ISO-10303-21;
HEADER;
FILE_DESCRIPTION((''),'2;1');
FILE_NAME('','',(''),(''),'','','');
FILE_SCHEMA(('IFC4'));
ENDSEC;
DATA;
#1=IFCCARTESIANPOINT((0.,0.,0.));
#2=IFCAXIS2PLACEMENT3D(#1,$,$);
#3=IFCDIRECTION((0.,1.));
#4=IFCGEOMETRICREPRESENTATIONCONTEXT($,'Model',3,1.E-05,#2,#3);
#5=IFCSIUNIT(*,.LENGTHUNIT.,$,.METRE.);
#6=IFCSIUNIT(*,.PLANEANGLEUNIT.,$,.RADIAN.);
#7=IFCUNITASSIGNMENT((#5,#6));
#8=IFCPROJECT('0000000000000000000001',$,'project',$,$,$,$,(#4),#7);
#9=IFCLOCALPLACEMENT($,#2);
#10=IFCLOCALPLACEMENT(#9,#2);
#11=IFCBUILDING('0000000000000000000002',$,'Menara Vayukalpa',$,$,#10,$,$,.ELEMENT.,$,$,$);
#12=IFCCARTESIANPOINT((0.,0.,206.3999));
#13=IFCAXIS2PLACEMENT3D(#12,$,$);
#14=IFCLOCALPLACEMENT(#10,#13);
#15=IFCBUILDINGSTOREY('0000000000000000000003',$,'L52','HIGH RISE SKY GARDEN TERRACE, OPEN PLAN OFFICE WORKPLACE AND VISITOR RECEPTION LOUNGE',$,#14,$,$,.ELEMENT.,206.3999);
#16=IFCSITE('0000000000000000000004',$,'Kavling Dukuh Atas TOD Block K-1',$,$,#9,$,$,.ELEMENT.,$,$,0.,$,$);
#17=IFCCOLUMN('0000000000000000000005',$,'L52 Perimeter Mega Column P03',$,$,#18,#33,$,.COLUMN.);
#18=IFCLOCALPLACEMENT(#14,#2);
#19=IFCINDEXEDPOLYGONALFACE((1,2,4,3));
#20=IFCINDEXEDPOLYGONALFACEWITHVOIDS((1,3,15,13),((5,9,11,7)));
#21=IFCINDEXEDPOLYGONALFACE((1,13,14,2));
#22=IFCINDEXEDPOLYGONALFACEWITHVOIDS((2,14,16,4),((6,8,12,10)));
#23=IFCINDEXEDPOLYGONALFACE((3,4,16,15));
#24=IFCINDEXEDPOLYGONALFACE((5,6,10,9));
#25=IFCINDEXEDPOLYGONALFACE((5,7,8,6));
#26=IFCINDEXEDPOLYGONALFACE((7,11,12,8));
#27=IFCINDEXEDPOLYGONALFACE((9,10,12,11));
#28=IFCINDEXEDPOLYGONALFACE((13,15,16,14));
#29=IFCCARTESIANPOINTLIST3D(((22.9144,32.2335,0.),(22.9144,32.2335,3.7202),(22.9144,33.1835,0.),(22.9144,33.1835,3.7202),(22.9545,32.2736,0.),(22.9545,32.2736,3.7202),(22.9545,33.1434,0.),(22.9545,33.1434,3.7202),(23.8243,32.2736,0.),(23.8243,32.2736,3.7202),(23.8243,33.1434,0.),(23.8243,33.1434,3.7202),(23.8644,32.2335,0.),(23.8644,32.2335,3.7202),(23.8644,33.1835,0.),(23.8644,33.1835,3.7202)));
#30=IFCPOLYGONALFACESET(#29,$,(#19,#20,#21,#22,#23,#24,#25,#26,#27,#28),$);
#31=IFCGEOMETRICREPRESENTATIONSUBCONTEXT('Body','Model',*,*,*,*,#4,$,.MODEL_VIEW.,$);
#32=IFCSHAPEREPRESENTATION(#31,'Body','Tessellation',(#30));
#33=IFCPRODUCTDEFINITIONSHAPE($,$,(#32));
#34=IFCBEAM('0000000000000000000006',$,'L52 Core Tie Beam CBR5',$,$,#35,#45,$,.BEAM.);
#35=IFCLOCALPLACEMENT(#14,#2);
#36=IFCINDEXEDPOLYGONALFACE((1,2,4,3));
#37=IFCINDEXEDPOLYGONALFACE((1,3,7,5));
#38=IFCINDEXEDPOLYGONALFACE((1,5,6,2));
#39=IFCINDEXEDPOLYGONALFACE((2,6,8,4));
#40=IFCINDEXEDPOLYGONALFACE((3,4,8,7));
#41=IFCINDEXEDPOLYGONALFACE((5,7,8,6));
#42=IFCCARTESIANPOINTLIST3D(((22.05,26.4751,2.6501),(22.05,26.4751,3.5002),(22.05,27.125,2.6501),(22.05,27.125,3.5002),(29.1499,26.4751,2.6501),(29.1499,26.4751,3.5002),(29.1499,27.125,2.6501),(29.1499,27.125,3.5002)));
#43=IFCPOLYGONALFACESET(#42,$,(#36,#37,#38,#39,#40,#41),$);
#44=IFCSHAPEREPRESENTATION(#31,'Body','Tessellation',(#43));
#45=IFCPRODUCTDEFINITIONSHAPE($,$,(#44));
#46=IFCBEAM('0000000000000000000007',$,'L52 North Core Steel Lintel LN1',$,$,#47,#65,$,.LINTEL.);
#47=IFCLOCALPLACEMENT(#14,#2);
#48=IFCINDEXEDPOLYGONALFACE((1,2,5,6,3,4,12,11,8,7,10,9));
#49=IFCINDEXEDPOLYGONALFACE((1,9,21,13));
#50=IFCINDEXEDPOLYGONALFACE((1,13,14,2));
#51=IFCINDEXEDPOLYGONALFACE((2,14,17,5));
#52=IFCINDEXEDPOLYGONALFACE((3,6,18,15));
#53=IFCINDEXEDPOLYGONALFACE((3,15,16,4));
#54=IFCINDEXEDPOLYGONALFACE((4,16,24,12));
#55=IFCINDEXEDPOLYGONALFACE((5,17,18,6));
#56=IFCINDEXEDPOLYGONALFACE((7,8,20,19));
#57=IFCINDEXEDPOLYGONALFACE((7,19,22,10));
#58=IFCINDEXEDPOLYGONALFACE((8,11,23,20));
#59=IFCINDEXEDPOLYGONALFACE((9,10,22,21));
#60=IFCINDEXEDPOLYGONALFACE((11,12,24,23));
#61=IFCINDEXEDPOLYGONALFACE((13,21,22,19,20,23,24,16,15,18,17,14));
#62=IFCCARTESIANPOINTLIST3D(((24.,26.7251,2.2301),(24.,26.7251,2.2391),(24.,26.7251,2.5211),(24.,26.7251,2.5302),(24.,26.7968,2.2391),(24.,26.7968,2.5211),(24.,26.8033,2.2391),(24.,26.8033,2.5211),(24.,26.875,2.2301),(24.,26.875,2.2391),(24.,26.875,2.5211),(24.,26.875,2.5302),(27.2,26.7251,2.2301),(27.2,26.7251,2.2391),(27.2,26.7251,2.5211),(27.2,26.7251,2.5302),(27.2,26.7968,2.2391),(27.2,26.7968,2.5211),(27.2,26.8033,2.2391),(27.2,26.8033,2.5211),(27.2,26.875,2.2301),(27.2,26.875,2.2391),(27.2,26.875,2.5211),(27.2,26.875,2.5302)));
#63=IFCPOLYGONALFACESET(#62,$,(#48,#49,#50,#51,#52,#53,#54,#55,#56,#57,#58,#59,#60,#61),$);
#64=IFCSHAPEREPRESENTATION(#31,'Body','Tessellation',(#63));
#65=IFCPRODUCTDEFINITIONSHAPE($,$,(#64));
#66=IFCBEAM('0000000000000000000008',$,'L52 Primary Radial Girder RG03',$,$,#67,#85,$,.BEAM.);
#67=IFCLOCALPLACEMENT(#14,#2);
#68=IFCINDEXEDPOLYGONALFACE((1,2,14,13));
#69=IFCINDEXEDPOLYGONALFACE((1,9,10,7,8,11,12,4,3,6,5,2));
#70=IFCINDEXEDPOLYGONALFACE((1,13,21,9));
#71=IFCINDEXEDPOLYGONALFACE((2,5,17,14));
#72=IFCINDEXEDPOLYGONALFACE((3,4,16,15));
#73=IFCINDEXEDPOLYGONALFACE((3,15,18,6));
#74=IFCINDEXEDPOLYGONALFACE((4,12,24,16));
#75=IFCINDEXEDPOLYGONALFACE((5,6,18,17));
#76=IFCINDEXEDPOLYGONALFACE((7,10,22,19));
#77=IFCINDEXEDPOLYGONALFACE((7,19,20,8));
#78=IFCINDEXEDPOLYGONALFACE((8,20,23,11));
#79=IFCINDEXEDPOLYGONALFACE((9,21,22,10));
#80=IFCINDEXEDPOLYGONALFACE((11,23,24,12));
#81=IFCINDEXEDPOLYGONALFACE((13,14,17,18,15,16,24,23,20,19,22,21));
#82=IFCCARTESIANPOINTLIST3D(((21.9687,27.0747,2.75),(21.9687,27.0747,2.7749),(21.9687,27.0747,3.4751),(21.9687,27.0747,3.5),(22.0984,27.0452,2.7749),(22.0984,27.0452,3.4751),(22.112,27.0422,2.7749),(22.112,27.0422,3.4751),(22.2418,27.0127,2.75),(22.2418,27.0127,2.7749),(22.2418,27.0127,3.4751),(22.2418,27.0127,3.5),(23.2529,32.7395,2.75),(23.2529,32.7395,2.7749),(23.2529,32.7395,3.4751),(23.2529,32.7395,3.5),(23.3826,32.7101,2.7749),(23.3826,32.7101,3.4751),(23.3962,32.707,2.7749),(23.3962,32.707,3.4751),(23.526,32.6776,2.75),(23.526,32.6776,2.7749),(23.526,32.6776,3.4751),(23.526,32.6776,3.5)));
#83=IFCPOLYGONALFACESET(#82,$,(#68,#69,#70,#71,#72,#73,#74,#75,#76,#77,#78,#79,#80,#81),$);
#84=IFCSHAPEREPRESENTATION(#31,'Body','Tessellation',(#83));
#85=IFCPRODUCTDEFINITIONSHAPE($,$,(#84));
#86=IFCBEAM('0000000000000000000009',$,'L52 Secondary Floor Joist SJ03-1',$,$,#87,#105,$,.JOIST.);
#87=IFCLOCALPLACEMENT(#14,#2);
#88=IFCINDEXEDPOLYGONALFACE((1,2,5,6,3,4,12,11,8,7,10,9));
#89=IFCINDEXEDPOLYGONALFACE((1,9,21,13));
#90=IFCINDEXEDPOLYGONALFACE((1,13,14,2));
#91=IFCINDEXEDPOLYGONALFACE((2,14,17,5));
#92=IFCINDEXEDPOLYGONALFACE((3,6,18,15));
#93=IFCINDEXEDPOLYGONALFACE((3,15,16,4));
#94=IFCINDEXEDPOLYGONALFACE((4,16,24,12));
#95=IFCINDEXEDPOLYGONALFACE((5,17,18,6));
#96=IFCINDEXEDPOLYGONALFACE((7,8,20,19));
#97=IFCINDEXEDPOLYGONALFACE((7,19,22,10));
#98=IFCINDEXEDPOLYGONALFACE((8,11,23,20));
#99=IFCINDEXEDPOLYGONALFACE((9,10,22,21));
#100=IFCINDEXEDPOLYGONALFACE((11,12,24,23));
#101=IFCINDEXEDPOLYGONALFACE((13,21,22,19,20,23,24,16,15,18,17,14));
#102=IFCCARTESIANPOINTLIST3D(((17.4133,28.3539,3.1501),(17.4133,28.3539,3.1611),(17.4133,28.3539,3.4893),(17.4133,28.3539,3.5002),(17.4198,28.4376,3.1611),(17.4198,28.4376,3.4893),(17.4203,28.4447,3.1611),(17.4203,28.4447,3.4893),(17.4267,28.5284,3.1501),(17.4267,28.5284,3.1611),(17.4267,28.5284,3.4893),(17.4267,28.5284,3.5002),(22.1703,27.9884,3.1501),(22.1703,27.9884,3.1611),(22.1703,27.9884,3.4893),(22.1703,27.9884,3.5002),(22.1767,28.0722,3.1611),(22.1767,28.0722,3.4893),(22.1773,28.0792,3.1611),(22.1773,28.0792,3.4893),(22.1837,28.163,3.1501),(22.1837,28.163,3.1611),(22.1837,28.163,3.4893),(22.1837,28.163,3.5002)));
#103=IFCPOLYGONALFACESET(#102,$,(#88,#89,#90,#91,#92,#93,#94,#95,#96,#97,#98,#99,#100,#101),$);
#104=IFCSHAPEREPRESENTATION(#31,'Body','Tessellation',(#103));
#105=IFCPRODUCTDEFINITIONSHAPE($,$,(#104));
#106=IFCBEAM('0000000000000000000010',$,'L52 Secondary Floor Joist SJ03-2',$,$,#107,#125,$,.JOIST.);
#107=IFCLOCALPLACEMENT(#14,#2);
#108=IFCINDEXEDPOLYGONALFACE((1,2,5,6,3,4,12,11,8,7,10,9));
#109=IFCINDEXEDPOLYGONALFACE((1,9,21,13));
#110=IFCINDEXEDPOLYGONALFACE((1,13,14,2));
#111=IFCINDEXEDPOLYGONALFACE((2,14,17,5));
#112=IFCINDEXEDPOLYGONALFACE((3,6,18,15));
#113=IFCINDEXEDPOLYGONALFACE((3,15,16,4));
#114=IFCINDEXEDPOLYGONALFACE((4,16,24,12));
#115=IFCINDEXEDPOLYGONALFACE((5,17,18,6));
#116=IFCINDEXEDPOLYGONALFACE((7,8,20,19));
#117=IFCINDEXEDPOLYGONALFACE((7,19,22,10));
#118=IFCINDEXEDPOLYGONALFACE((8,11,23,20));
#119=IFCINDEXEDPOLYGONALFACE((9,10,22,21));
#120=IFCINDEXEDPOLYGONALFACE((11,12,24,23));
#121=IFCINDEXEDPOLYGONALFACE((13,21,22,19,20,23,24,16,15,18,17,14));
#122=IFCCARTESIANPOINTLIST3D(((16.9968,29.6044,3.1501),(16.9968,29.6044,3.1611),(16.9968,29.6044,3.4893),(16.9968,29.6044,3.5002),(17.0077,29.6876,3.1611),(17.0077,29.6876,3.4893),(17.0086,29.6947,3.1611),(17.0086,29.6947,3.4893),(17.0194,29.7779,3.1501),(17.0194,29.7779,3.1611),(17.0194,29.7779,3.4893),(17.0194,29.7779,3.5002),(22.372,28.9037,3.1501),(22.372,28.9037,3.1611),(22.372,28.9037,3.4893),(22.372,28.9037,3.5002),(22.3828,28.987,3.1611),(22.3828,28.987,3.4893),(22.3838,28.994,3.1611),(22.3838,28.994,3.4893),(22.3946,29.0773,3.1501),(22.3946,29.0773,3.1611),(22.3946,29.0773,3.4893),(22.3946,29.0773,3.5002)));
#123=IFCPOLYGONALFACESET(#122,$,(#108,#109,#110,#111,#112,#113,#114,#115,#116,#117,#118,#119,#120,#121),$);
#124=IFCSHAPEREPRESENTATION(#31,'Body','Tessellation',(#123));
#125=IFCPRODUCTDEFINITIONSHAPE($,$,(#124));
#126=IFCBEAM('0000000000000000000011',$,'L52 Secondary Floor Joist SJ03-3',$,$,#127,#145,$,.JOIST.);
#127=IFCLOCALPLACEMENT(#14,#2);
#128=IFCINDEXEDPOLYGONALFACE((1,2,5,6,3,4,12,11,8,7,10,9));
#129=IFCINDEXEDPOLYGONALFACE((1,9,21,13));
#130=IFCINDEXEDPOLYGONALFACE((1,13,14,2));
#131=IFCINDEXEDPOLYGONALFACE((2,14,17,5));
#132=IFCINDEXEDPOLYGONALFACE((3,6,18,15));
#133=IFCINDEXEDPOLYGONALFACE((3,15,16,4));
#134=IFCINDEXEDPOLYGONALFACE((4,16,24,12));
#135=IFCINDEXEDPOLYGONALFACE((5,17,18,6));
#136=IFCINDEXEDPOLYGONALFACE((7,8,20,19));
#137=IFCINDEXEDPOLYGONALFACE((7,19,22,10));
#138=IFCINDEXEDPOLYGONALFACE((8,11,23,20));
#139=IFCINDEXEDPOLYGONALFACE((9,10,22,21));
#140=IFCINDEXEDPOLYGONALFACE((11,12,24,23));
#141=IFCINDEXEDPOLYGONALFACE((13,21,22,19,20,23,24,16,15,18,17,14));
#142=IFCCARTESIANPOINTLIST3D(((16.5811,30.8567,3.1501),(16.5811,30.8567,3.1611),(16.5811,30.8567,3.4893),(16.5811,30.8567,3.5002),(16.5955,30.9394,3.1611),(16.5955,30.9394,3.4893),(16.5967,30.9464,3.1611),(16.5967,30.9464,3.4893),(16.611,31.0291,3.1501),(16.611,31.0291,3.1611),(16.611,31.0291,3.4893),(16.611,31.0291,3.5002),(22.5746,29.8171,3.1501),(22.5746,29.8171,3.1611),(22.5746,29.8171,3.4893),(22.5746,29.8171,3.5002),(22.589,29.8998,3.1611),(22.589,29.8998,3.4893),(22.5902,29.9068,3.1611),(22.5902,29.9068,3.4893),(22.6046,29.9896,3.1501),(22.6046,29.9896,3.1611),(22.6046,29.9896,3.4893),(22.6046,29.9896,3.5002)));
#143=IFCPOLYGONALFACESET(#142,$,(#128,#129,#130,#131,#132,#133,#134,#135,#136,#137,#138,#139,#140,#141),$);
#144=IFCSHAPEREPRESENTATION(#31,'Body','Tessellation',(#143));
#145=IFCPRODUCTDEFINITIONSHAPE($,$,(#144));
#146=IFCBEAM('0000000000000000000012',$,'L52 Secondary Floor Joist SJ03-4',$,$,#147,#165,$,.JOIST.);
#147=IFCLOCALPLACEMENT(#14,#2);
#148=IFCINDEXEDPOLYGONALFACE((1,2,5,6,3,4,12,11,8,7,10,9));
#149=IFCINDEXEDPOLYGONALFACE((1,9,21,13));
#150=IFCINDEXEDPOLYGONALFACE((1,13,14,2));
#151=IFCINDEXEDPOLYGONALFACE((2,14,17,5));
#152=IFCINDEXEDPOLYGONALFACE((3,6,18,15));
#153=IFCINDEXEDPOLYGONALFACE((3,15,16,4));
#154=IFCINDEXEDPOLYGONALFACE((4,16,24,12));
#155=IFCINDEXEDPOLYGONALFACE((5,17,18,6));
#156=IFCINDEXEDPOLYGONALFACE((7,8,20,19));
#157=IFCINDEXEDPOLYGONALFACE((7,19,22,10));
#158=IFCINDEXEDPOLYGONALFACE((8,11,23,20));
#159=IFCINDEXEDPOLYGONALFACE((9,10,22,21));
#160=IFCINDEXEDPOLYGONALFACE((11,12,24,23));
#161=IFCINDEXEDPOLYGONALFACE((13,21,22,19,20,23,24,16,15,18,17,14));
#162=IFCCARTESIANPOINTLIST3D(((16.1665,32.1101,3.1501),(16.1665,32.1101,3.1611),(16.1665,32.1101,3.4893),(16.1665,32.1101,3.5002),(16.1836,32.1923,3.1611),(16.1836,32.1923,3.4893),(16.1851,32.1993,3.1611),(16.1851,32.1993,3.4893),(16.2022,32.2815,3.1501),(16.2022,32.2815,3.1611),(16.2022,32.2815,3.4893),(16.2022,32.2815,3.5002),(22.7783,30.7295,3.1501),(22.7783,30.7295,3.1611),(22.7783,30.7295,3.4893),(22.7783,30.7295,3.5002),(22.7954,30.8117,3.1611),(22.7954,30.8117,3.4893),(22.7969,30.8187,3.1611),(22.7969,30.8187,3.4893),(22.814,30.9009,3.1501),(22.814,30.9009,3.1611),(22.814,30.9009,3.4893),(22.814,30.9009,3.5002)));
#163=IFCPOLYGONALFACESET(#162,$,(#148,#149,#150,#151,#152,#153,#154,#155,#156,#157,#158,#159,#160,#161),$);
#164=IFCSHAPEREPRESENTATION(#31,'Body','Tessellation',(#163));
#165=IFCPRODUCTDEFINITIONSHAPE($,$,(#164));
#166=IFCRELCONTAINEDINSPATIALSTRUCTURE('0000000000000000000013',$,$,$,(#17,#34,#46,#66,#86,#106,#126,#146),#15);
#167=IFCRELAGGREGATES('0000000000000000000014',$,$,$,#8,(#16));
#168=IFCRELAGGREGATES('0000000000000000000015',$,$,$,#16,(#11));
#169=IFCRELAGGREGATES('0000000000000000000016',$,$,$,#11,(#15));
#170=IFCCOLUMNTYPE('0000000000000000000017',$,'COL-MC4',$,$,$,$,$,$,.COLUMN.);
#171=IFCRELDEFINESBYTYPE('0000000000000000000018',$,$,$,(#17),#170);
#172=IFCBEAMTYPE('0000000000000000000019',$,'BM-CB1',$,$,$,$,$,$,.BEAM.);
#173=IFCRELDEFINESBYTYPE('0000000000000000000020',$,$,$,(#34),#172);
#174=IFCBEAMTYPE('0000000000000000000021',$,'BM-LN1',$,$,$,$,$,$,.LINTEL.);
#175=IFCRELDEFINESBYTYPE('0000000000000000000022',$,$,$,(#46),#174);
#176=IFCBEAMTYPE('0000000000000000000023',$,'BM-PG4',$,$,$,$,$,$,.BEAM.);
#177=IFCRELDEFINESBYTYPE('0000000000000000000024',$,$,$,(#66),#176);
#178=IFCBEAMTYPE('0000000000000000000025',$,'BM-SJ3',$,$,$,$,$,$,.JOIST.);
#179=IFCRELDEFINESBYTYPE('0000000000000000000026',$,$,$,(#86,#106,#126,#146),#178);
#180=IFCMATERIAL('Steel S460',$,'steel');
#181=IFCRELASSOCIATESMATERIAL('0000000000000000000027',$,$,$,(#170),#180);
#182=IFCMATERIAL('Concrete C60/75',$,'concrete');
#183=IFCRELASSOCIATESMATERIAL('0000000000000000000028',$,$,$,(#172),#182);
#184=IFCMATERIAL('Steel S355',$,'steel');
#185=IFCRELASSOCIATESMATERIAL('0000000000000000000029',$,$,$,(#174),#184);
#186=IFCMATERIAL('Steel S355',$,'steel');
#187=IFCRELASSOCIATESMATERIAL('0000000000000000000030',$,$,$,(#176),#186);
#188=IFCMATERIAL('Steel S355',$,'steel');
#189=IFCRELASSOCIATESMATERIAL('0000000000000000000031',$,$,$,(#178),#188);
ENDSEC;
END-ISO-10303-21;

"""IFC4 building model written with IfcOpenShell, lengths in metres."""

from ifc_helpers import new_model, si_unit, direction, frame, origin, origin_2d, place, context, subcontext, project, spatial, rectangle, hollow_rectangle, i_section, extrude, material, material_profile, profile_set, type_object, element, save


model = new_model("IFC4")

# Units and contexts
model_context = context("Model", 3, precision=1e-05, world=origin(), true_north=direction((0.0, 1.0)))
body_context = subcontext(model_context, "Body", "Model", "MODEL_VIEW")
ifc_project = project(units=[si_unit("LENGTHUNIT", "METRE"), si_unit("PLANEANGLEUNIT", "RADIAN")], contexts=[model_context])

# Site, building, storey
site_placement = place(None, origin())
site = spatial("IfcSite", under=ifc_project, at=site_placement, Name="Kavling Dukuh Atas TOD Block K-1", CompositionType="ELEMENT", RefElevation=0.0)
building_placement = place(site_placement, origin())
building = spatial("IfcBuilding", under=site, at=building_placement, Name="Menara Vayukalpa", CompositionType="ELEMENT")
storey_placement = place(building_placement, frame((0.0, 0.0, 206.3999)))
storey = spatial("IfcBuildingStorey", under=building, at=storey_placement, Name="L52", Description="HIGH RISE SKY GARDEN TERRACE, OPEN PLAN OFFICE WORKPLACE AND VISITOR RECEPTION LOUNGE", CompositionType="ELEMENT", Elevation=206.3999)

# Column
ifc_material_1 = material(Name="Steel S460", Category="steel")
ifc_material_profile_1 = material_profile(ifc_material_1, hollow_rectangle(XDim=0.95, YDim=0.95, WallThickness=0.04, at=origin_2d()), Name="BOX 950x950x40")
ifc_profile_set_1 = profile_set([ifc_material_profile_1], Name="Steel S460")
column_type = type_object("IfcColumnType", Name="COL-MC4", PredefinedType="COLUMN", material=ifc_profile_set_1)
column_placement = place(storey_placement, frame((23.3894, 32.7085, 0.0), z_axis=(0.0, 0.0, 1.0), x_axis=(1.0, 0.0, 0.0)))
element("IfcColumn", 1, at=column_placement, inside=storey, type_object=column_type, Name="L52 Perimeter Mega Column P03", PredefinedType="COLUMN", context=body_context, shape_type="SweptSolid", body=[
    extrude(hollow_rectangle(XDim=0.95, YDim=0.95, WallThickness=0.04, at=origin_2d()), origin(), (0.0, 0.0, 1.0), 3.7202),
])

# Beams
ifc_material_2 = material(Name="Concrete C60/75", Category="concrete")
ifc_material_profile_2 = material_profile(ifc_material_2, rectangle(XDim=0.6499, YDim=0.8501, at=origin_2d()), Name="RC 650x850")
ifc_profile_set_2 = profile_set([ifc_material_profile_2], Name="Concrete C60/75")
beam_type_1 = type_object("IfcBeamType", Name="BM-CB1", PredefinedType="BEAM", material=ifc_profile_set_2)
beam_1_placement = place(storey_placement, frame((22.05, 26.8, 3.0752), z_axis=(1.0, 0.0, 0.0), x_axis=(0.0, 1.0, 0.0)))
element("IfcBeam", 2, at=beam_1_placement, inside=storey, type_object=beam_type_1, Name="L52 Core Tie Beam CBR5", PredefinedType="BEAM", context=body_context, shape_type="SweptSolid", body=[
    extrude(rectangle(XDim=0.6499, YDim=0.8501, at=origin_2d()), origin(), (0.0, 0.0, 1.0), 7.0999),
])
ifc_material_3 = material(Name="Steel S355", Category="steel")
ifc_material_profile_3 = material_profile(ifc_material_3, i_section(OverallWidth=0.1499, OverallDepth=0.3, WebThickness=0.0066, FlangeThickness=0.009, at=origin_2d()), Name="WF 300x150x6.5x9")
ifc_profile_set_3 = profile_set([ifc_material_profile_3], Name="Steel S355")
beam_type_2 = type_object("IfcBeamType", Name="BM-LN1", PredefinedType="LINTEL", material=ifc_profile_set_3)
beam_2_placement = place(storey_placement, frame((24.0, 26.8, 2.3801), z_axis=(1.0, 0.0, 0.0), x_axis=(0.0, 1.0, 0.0)))
element("IfcBeam", 3, at=beam_2_placement, inside=storey, type_object=beam_type_2, Name="L52 North Core Steel Lintel LN1", PredefinedType="LINTEL", context=body_context, shape_type="SweptSolid", body=[
    extrude(i_section(OverallWidth=0.1499, OverallDepth=0.3, WebThickness=0.0066, FlangeThickness=0.009, at=origin_2d()), origin(), (0.0, 0.0, 1.0), 3.2),
])
ifc_material_4 = material(Name="Steel S355", Category="steel")
ifc_material_profile_4 = material_profile(ifc_material_4, i_section(OverallWidth=0.28, OverallDepth=0.75, WebThickness=0.0139, FlangeThickness=0.0249, at=origin_2d()), Name="WF 750x280x14x25")
ifc_profile_set_4 = profile_set([ifc_material_profile_4], Name="Steel S355")
beam_type_3 = type_object("IfcBeamType", Name="BM-PG4", PredefinedType="BEAM", material=ifc_profile_set_4)
beam_3_placement = place(storey_placement, frame((22.1052, 27.0437, 3.125), z_axis=(0.221085, 0.975255, 0.0), x_axis=(-0.975255, 0.221085, 0.0)))
element("IfcBeam", 4, at=beam_3_placement, inside=storey, type_object=beam_type_3, Name="L52 Primary Radial Girder RG03", PredefinedType="BEAM", context=body_context, shape_type="SweptSolid", body=[
    extrude(i_section(OverallWidth=0.28, OverallDepth=0.75, WebThickness=0.0139, FlangeThickness=0.0249, at=origin_2d()), origin(), (0.0, 0.0, 1.0), 5.8086),
])
ifc_material_5 = material(Name="Steel S355", Category="steel")
ifc_material_profile_5 = material_profile(ifc_material_5, i_section(OverallWidth=0.175, OverallDepth=0.3501, WebThickness=0.0071, FlangeThickness=0.011, at=origin_2d()), Name="WF 350x175x7x11")
ifc_profile_set_5 = profile_set([ifc_material_profile_5], Name="Steel S355")
beam_type_4 = type_object("IfcBeamType", Name="BM-SJ3", PredefinedType="JOIST", material=ifc_profile_set_5)
beam_4_placement = place(storey_placement, frame((22.177, 28.0757, 3.3252), z_axis=(-0.997062, 0.076603, 0.0), x_axis=(-0.076603, -0.997062, 0.0)))
element("IfcBeam", 5, at=beam_4_placement, inside=storey, type_object=beam_type_4, Name="L52 Secondary Floor Joist SJ03-1", PredefinedType="JOIST", context=body_context, shape_type="SweptSolid", body=[
    extrude(i_section(OverallWidth=0.175, OverallDepth=0.3501, WebThickness=0.0071, FlangeThickness=0.011, at=origin_2d()), origin(), (0.0, 0.0, 1.0), 4.771),
])
beam_5_placement = place(storey_placement, frame((22.3833, 28.9905, 3.3252), z_axis=(-0.991611, 0.12926, 0.0), x_axis=(-0.12926, -0.991611, 0.0)))
element("IfcBeam", 6, at=beam_5_placement, inside=storey, type_object=beam_type_4, Name="L52 Secondary Floor Joist SJ03-2", PredefinedType="JOIST", context=body_context, shape_type="SweptSolid", body=[
    extrude(i_section(OverallWidth=0.175, OverallDepth=0.3501, WebThickness=0.0071, FlangeThickness=0.011, at=origin_2d()), origin(), (0.0, 0.0, 1.0), 5.4207),
])
beam_6_placement = place(storey_placement, frame((22.5896, 29.9033, 3.3252), z_axis=(-0.985289, 0.170897, 0.0), x_axis=(-0.170897, -0.985289, 0.0)))
element("IfcBeam", 7, at=beam_6_placement, inside=storey, type_object=beam_type_4, Name="L52 Secondary Floor Joist SJ03-3", PredefinedType="JOIST", context=body_context, shape_type="SweptSolid", body=[
    extrude(i_section(OverallWidth=0.175, OverallDepth=0.3501, WebThickness=0.0071, FlangeThickness=0.011, at=origin_2d()), origin(), (0.0, 0.0, 1.0), 6.083),
])
beam_7_placement = place(storey_placement, frame((22.7961, 30.8152, 3.3252), z_axis=(-0.978887, 0.204402, 0.0), x_axis=(-0.204402, -0.978887, 0.0)))
element("IfcBeam", 8, at=beam_7_placement, inside=storey, type_object=beam_type_4, Name="L52 Secondary Floor Joist SJ03-4", PredefinedType="JOIST", context=body_context, shape_type="SweptSolid", body=[
    extrude(i_section(OverallWidth=0.175, OverallDepth=0.3501, WebThickness=0.0071, FlangeThickness=0.011, at=origin_2d()), origin(), (0.0, 0.0, 1.0), 6.7544),
])

save(model, "model.ifc")
